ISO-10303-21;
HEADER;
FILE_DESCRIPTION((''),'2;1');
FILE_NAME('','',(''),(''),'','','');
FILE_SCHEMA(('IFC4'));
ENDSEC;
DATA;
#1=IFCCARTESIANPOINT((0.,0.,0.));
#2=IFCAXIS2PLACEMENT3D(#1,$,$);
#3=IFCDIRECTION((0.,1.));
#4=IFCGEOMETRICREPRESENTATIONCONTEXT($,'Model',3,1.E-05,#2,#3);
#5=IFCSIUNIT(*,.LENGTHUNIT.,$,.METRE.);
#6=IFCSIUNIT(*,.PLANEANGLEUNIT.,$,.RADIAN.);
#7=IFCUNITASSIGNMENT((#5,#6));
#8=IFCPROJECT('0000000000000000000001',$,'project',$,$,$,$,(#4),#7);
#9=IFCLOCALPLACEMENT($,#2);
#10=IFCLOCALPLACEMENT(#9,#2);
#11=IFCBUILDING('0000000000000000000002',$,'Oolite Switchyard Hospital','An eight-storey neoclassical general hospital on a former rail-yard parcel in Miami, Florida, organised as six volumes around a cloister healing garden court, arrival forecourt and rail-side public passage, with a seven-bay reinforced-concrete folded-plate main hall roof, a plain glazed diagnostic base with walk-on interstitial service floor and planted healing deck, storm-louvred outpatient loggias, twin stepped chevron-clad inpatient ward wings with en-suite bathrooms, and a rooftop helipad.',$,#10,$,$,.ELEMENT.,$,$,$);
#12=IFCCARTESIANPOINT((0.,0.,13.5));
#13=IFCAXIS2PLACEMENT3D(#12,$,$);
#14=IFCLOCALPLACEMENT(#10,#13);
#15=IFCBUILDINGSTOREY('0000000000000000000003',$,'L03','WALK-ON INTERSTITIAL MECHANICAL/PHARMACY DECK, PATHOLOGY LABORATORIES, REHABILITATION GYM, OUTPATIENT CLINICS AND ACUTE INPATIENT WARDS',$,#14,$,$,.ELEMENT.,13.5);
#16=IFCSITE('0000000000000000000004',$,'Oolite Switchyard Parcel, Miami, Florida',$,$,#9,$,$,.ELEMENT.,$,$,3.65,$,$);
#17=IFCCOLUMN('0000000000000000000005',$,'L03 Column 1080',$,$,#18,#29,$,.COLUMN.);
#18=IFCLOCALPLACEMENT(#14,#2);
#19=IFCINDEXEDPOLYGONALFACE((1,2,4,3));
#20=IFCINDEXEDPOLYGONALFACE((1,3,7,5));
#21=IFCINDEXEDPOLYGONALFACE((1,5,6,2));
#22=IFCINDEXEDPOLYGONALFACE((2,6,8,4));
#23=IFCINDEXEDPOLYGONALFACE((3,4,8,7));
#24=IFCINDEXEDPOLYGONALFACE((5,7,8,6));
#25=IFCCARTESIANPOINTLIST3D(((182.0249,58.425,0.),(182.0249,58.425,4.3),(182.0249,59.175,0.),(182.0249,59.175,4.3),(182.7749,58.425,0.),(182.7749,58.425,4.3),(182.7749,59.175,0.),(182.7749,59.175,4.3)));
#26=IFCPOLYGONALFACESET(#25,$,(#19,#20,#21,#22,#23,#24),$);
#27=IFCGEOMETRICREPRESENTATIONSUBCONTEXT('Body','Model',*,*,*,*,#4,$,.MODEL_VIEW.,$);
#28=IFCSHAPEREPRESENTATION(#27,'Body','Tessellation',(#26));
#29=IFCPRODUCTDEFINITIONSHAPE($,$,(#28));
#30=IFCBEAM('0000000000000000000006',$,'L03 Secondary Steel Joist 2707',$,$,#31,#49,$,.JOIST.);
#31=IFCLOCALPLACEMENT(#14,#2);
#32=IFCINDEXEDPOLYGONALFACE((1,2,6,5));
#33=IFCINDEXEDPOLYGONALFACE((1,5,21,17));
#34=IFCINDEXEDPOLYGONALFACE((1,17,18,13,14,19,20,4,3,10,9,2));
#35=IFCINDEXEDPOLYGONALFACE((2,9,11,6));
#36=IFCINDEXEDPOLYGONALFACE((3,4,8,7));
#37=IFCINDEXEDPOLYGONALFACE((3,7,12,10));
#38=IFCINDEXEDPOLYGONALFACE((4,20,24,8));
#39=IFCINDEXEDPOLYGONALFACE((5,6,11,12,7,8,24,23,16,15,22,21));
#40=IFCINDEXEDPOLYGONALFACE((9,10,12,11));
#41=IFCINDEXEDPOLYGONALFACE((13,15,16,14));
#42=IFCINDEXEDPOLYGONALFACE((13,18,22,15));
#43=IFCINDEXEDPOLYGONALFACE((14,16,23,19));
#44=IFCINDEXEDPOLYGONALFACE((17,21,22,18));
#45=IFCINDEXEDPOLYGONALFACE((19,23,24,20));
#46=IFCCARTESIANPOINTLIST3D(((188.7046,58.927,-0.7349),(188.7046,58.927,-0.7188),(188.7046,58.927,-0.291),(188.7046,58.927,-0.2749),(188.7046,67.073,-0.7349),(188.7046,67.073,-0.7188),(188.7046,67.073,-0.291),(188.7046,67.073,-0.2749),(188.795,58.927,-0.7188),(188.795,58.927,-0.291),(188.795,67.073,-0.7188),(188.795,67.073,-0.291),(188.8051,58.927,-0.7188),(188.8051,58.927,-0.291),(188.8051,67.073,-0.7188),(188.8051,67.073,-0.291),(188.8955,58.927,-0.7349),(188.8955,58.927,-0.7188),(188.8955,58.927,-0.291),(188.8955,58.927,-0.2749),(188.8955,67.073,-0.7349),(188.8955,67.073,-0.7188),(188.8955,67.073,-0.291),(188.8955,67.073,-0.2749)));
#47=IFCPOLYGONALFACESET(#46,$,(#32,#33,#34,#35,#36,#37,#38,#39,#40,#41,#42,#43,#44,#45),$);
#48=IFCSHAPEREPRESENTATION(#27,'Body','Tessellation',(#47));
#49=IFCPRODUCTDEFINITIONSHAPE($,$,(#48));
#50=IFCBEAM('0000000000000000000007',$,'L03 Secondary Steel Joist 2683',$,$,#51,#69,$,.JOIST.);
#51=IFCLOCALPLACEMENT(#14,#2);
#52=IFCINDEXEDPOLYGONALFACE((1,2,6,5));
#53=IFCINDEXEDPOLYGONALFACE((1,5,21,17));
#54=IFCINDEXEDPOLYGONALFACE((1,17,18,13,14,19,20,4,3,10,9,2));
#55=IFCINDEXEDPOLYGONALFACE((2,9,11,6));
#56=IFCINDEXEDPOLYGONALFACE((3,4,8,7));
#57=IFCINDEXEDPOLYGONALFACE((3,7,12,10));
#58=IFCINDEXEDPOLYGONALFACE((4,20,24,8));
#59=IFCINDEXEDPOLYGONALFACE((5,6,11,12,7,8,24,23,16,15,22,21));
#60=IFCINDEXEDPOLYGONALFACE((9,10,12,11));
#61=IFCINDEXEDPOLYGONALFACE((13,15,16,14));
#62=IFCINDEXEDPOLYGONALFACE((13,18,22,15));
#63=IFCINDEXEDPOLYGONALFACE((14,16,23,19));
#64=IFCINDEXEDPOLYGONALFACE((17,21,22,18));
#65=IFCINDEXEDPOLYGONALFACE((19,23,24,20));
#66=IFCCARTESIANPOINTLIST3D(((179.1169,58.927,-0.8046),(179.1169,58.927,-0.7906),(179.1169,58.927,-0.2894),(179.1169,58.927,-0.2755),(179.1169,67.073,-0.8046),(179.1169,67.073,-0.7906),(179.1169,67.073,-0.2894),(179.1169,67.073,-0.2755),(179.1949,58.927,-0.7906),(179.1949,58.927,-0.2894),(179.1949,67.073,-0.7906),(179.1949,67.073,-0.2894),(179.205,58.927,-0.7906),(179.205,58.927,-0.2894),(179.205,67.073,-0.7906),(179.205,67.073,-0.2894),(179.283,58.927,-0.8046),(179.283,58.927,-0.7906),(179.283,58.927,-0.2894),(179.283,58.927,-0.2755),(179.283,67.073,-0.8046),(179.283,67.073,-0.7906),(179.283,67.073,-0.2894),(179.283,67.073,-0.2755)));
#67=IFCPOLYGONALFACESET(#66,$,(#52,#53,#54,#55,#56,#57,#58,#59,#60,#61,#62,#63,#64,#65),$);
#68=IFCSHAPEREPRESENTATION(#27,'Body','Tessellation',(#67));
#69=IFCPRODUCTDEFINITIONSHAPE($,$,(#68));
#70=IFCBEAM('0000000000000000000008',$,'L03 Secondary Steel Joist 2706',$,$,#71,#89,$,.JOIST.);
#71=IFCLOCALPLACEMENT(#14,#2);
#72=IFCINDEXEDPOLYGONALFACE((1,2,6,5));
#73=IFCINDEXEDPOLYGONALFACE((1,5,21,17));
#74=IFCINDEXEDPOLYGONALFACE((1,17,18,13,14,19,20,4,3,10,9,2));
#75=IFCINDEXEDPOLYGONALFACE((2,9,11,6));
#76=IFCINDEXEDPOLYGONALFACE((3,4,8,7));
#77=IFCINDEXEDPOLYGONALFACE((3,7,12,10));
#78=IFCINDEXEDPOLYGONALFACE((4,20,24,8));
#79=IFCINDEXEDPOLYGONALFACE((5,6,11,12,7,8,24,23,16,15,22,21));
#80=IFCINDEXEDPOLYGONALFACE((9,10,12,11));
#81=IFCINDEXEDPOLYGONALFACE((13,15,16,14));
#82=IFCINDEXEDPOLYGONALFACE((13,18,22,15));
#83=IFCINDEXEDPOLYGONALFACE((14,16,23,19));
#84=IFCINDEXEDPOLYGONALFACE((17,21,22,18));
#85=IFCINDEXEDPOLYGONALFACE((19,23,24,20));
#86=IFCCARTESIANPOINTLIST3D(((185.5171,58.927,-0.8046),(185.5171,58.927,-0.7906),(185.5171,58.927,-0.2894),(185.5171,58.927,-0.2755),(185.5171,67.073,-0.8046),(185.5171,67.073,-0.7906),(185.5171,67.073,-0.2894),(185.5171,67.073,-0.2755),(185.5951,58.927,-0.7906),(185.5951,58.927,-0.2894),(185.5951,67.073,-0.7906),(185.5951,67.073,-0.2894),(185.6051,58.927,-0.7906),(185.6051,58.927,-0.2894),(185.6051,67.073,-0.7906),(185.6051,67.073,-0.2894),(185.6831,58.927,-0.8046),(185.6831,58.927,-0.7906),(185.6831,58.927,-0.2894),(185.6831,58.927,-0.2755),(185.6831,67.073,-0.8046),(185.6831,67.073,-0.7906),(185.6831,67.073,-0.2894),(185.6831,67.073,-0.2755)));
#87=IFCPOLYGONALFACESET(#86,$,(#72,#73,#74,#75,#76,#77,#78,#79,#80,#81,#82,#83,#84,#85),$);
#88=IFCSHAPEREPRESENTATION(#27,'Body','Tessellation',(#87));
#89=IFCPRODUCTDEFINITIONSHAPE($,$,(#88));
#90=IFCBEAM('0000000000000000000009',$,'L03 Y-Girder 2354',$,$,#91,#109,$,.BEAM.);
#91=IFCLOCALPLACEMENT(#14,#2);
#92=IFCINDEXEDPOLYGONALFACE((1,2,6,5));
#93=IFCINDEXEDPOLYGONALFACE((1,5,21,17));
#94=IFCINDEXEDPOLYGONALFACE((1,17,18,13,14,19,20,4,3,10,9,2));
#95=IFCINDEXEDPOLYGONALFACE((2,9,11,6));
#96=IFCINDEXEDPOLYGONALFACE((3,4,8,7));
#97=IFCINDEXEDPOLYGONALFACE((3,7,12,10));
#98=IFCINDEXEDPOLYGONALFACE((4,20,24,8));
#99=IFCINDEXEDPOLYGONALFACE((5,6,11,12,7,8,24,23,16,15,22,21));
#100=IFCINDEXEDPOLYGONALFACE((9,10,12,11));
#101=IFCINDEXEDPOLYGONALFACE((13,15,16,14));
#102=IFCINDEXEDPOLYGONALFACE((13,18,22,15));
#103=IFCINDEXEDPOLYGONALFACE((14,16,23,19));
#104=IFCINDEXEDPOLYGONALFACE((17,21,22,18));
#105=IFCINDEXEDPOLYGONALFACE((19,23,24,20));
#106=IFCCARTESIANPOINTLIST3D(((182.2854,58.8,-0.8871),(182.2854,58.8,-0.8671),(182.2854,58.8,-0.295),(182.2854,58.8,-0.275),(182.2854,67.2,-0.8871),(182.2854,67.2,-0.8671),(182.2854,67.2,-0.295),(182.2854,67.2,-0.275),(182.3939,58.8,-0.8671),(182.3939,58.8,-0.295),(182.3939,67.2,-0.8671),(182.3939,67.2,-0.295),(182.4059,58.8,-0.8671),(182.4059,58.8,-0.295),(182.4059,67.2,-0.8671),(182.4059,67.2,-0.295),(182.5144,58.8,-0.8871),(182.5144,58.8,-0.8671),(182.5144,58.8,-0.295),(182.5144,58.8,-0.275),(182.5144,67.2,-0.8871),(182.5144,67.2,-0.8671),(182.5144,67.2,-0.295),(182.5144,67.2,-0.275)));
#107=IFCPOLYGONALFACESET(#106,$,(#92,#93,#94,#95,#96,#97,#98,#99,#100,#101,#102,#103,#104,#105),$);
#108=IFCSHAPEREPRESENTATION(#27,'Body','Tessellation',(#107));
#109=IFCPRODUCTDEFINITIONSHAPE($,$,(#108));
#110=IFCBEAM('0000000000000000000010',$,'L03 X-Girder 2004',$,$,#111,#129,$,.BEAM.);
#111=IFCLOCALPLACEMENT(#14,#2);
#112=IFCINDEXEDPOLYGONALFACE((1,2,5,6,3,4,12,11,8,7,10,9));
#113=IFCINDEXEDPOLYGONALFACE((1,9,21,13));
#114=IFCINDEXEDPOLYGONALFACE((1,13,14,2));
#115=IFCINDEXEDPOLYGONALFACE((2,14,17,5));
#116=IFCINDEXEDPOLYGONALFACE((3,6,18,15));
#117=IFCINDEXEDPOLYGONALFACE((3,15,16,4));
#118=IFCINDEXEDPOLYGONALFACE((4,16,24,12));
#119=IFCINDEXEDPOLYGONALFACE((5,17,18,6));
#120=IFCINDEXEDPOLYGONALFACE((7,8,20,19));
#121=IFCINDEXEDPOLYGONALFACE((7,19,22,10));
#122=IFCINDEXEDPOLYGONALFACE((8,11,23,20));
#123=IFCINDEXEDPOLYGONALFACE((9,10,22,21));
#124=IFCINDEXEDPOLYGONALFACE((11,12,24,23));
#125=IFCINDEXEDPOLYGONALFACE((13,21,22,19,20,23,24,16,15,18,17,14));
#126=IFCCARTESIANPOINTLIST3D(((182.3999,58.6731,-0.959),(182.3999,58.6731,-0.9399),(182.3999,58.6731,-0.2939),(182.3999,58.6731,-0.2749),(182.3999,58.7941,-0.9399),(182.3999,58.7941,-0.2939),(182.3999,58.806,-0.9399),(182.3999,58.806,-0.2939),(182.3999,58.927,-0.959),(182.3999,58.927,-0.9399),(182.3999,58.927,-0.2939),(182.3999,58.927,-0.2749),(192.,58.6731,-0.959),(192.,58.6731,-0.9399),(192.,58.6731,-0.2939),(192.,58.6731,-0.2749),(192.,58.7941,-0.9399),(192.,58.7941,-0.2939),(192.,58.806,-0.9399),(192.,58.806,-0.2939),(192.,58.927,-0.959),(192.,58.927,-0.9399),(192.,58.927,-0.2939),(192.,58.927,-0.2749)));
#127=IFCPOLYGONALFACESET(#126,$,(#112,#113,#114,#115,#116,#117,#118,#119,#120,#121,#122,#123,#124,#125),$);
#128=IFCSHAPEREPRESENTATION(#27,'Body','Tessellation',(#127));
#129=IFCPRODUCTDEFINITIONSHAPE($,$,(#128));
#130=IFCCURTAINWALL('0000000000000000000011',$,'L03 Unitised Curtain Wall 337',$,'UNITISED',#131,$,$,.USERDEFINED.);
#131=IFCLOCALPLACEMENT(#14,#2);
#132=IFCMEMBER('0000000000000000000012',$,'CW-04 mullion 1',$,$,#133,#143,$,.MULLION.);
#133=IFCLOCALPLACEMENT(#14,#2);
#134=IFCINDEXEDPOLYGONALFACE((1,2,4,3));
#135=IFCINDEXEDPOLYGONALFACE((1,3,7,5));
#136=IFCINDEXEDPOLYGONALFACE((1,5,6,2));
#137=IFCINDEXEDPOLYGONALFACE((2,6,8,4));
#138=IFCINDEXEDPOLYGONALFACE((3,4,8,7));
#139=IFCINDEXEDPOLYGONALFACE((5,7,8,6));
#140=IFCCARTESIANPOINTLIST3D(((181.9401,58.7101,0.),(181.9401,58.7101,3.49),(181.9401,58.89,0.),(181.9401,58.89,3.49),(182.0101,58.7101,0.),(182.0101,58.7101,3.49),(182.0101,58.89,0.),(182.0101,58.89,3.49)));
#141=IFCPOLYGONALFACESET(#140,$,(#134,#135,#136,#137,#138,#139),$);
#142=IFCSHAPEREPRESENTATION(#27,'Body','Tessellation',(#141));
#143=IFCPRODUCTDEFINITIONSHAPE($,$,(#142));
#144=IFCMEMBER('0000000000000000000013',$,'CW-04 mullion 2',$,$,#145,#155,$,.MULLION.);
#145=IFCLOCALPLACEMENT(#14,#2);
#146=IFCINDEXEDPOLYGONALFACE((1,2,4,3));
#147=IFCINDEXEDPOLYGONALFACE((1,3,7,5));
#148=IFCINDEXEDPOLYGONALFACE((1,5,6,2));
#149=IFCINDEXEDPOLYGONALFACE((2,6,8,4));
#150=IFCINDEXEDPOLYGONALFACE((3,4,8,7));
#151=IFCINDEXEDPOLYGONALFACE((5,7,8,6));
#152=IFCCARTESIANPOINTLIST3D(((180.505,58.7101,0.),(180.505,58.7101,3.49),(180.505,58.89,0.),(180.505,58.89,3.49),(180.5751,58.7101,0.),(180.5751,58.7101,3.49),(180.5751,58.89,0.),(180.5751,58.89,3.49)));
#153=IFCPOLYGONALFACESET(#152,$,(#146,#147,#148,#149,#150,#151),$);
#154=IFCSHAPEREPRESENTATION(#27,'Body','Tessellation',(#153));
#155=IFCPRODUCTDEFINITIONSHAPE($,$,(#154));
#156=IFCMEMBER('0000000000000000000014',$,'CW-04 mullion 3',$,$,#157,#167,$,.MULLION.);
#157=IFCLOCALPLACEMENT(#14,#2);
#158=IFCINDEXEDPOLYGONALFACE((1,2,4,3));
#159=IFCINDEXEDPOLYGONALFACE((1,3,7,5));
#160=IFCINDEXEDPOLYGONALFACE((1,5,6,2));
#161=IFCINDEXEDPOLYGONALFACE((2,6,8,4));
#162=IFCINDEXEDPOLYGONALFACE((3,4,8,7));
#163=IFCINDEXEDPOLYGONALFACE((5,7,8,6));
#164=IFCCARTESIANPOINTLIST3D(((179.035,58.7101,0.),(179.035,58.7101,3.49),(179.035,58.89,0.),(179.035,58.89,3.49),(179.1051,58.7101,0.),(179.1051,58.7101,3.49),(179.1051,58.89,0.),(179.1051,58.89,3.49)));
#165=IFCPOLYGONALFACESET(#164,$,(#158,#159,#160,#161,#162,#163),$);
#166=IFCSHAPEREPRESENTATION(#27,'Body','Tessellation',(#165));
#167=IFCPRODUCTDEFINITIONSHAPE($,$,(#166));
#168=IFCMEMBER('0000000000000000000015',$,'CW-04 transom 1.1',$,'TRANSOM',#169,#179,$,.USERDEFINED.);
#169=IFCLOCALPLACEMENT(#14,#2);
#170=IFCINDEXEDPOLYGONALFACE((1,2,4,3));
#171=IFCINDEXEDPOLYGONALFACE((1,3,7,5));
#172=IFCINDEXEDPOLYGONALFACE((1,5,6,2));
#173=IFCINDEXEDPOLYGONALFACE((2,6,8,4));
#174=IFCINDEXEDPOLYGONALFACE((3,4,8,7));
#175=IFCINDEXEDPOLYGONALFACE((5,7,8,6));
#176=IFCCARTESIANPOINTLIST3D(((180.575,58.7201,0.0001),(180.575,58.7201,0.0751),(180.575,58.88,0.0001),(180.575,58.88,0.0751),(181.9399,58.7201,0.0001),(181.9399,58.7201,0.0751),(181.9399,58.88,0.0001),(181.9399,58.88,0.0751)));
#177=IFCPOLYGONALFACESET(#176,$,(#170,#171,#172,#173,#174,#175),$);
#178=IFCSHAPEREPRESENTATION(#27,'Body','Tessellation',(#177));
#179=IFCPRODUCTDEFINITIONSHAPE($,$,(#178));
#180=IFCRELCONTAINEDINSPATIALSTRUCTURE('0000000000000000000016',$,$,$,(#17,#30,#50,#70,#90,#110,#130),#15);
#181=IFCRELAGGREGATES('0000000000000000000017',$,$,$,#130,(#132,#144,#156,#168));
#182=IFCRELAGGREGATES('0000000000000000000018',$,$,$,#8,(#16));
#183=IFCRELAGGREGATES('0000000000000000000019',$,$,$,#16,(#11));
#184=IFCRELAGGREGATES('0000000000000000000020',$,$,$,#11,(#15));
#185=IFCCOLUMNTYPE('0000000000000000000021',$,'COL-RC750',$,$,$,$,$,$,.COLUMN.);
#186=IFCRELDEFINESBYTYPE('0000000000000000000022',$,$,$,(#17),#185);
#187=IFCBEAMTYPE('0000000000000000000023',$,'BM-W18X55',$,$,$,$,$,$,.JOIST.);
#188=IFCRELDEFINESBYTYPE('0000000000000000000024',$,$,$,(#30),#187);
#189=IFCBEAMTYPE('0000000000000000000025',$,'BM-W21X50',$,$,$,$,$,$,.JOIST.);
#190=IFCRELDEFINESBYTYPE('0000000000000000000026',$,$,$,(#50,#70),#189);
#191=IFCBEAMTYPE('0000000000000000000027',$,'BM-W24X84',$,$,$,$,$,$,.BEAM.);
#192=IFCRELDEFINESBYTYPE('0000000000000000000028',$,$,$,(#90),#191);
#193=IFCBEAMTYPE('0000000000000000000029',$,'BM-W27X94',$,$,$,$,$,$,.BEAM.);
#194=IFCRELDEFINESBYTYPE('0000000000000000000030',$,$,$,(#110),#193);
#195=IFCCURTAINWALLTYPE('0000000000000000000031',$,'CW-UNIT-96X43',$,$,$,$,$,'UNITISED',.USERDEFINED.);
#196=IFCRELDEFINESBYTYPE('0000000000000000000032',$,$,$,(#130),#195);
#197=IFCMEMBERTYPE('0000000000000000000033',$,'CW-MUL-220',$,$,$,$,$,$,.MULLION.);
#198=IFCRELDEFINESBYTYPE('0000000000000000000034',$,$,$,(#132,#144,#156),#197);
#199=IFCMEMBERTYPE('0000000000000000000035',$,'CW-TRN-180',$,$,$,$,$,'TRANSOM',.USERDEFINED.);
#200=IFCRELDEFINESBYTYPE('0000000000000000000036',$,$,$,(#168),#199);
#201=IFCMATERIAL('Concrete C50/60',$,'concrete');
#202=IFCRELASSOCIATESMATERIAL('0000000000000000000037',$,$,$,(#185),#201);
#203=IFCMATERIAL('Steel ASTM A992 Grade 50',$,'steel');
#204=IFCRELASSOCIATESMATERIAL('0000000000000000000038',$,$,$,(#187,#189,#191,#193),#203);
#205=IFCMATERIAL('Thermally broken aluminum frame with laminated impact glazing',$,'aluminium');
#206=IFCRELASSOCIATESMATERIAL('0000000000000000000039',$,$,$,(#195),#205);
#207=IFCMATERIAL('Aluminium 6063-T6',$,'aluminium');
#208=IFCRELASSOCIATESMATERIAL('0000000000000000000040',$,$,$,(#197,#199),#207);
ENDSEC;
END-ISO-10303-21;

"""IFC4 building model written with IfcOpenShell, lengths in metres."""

from ifc_helpers import new_model, si_unit, direction, frame, origin, origin_2d, place, context, subcontext, project, spatial, rectangle, i_section, extrude, material, material_profile, profile_set, type_object, element, aggregate, save


model = new_model("IFC4")

# Units and contexts
model_context = context("Model", 3, precision=1e-05, world=origin(), true_north=direction((0.0, 1.0)))
body_context = subcontext(model_context, "Body", "Model", "MODEL_VIEW")
ifc_project = project(units=[si_unit("LENGTHUNIT", "METRE"), si_unit("PLANEANGLEUNIT", "RADIAN")], contexts=[model_context])

# Site, building, storey
site_placement = place(None, origin())
site = spatial("IfcSite", under=ifc_project, at=site_placement, Name="Oolite Switchyard Parcel, Miami, Florida", CompositionType="ELEMENT", RefElevation=3.65)
building_placement = place(site_placement, origin())
building = spatial("IfcBuilding", under=site, at=building_placement, Name="Oolite Switchyard Hospital", Description="An eight-storey neoclassical general hospital on a former rail-yard parcel in Miami, Florida, organised as six volumes around a cloister healing garden court, arrival forecourt and rail-side public passage, with a seven-bay reinforced-concrete folded-plate main hall roof, a plain glazed diagnostic base with walk-on interstitial service floor and planted healing deck, storm-louvred outpatient loggias, twin stepped chevron-clad inpatient ward wings with en-suite bathrooms, and a rooftop helipad.", CompositionType="ELEMENT")
storey_placement = place(building_placement, frame((0.0, 0.0, 13.5)))
storey = spatial("IfcBuildingStorey", under=building, at=storey_placement, Name="L03", Description="WALK-ON INTERSTITIAL MECHANICAL/PHARMACY DECK, PATHOLOGY LABORATORIES, REHABILITATION GYM, OUTPATIENT CLINICS AND ACUTE INPATIENT WARDS", CompositionType="ELEMENT", Elevation=13.5)

# Column
ifc_material_1 = material(Name="Concrete C50/60", Category="concrete")
ifc_material_profile_1 = material_profile(ifc_material_1, rectangle(XDim=0.75, YDim=0.75, at=origin_2d()), Name="RC750X750")
ifc_profile_set_1 = profile_set([ifc_material_profile_1], Name="Concrete C50/60")
column_type = type_object("IfcColumnType", Name="COL-RC750", PredefinedType="COLUMN", material=ifc_profile_set_1)
column_placement = place(storey_placement, frame((182.3999, 58.8, 0.0), z_axis=(0.0, 0.0, 1.0), x_axis=(1.0, 0.0, 0.0)))
element("IfcColumn", 1, at=column_placement, inside=storey, type_object=column_type, Name="L03 Column 1080", PredefinedType="COLUMN", context=body_context, shape_type="SweptSolid", body=[
    extrude(rectangle(XDim=0.75, YDim=0.75, at=origin_2d()), origin(), (0.0, 0.0, 1.0), 4.3),
])

# Beams
ifc_material_2 = material(Name="Steel ASTM A992 Grade 50", Category="steel")
ifc_material_profile_2 = material_profile(ifc_material_2, i_section(OverallWidth=0.1909, OverallDepth=0.46, WebThickness=0.01, FlangeThickness=0.0161, at=origin_2d()), Name="W18X55")
ifc_profile_set_2 = profile_set([ifc_material_profile_2], Name="Steel ASTM A992 Grade 50")
beam_type_1 = type_object("IfcBeamType", Name="BM-W18X55", PredefinedType="JOIST", material=ifc_profile_set_2)
beam_1_placement = place(storey_placement, frame((188.8, 58.927, -0.5049), z_axis=(0.0, 1.0, 0.0), x_axis=(-1.0, 0.0, 0.0)))
element("IfcBeam", 2, at=beam_1_placement, inside=storey, type_object=beam_type_1, Name="L03 Secondary Steel Joist 2707", PredefinedType="JOIST", context=body_context, shape_type="SweptSolid", body=[
    extrude(i_section(OverallWidth=0.1909, OverallDepth=0.46, WebThickness=0.01, FlangeThickness=0.0161, at=origin_2d()), origin(), (0.0, 0.0, 1.0), 8.146),
])
ifc_material_profile_3 = material_profile(ifc_material_2, i_section(OverallWidth=0.166, OverallDepth=0.5291, WebThickness=0.01, FlangeThickness=0.0139, at=origin_2d()), Name="W21X50")
ifc_profile_set_3 = profile_set([ifc_material_profile_3], Name="Steel ASTM A992 Grade 50")
beam_type_2 = type_object("IfcBeamType", Name="BM-W21X50", PredefinedType="JOIST", material=ifc_profile_set_3)
for number, where, z_axis, x_axis, name in (
    (3, (179.2, 58.927, -0.54), (0.0, 1.0, 0.0), (-1.0, 0.0, 0.0), "L03 Secondary Steel Joist 2683"),
    (4, (185.6001, 58.927, -0.54), (0.0, 1.0, 0.0), (-1.0, 0.0, 0.0), "L03 Secondary Steel Joist 2706"),
):
    element("IfcBeam", number, at=place(storey_placement, frame(where, z_axis=z_axis, x_axis=x_axis)), inside=storey, type_object=beam_type_2, Name=name, PredefinedType="JOIST", context=body_context, shape_type="SweptSolid", body=[
        extrude(i_section(OverallWidth=0.166, OverallDepth=0.5291, WebThickness=0.01, FlangeThickness=0.0139, at=origin_2d()), origin(), (0.0, 0.0, 1.0), 8.146),
    ])
ifc_material_profile_4 = material_profile(ifc_material_2, i_section(OverallWidth=0.229, OverallDepth=0.6121, WebThickness=0.012, FlangeThickness=0.02, at=origin_2d()), Name="W24X84")
ifc_profile_set_4 = profile_set([ifc_material_profile_4], Name="Steel ASTM A992 Grade 50")
beam_type_3 = type_object("IfcBeamType", Name="BM-W24X84", PredefinedType="BEAM", material=ifc_profile_set_4)
beam_2_placement = place(storey_placement, frame((182.3999, 58.8, -0.5811), z_axis=(0.0, 1.0, 0.0), x_axis=(-1.0, 0.0, 0.0)))
element("IfcBeam", 5, at=beam_2_placement, inside=storey, type_object=beam_type_3, Name="L03 Y-Girder 2354", PredefinedType="BEAM", context=body_context, shape_type="SweptSolid", body=[
    extrude(i_section(OverallWidth=0.229, OverallDepth=0.6121, WebThickness=0.012, FlangeThickness=0.02, at=origin_2d()), origin(), (0.0, 0.0, 1.0), 8.3999),
])
ifc_material_profile_5 = material_profile(ifc_material_2, i_section(OverallWidth=0.2539, OverallDepth=0.6841, WebThickness=0.012, FlangeThickness=0.019, at=origin_2d()), Name="W27X94")
ifc_profile_set_5 = profile_set([ifc_material_profile_5], Name="Steel ASTM A992 Grade 50")
beam_type_4 = type_object("IfcBeamType", Name="BM-W27X94", PredefinedType="BEAM", material=ifc_profile_set_5)
beam_3_placement = place(storey_placement, frame((182.3999, 58.8, -0.6169), z_axis=(1.0, 0.0, 0.0), x_axis=(0.0, 1.0, 0.0)))
element("IfcBeam", 6, at=beam_3_placement, inside=storey, type_object=beam_type_4, Name="L03 X-Girder 2004", PredefinedType="BEAM", context=body_context, shape_type="SweptSolid", body=[
    extrude(i_section(OverallWidth=0.2539, OverallDepth=0.6841, WebThickness=0.012, FlangeThickness=0.019, at=origin_2d()), origin(), (0.0, 0.0, 1.0), 9.6001),
])

# Curtain wall, members
ifc_material_3 = material(Name="Thermally broken aluminum frame with laminated impact glazing", Category="aluminium")
curtain_wall_type = type_object("IfcCurtainWallType", Name="CW-UNIT-96X43", ElementType="UNITISED", PredefinedType="USERDEFINED", material=ifc_material_3)
curtain_wall_placement = place(storey_placement, origin())
curtain_wall = element("IfcCurtainWall", 7, at=curtain_wall_placement, inside=storey, type_object=curtain_wall_type, Name="L03 Unitised Curtain Wall 337", ObjectType="UNITISED", PredefinedType="USERDEFINED")
ifc_material_4 = material(Name="Aluminium 6063-T6", Category="aluminium")
ifc_material_profile_6 = material_profile(ifc_material_4, rectangle(XDim=0.1799, YDim=0.0701, at=origin_2d()), Name="CWM70X180")
ifc_profile_set_6 = profile_set([ifc_material_profile_6], Name="Aluminium 6063-T6")
member_type_1 = type_object("IfcMemberType", Name="CW-MUL-220", PredefinedType="MULLION", material=ifc_profile_set_6)
member_1_placement = place(storey_placement, frame((181.9751, 58.8, 0.0), z_axis=(0.0, 0.0, 1.0), x_axis=(0.0, -1.0, 0.0)))
member_1 = element("IfcMember", 8, at=member_1_placement, type_object=member_type_1, Name="CW-04 mullion 1", PredefinedType="MULLION", context=body_context, shape_type="SweptSolid", body=[
    extrude(rectangle(XDim=0.1799, YDim=0.0701, at=origin_2d()), origin(), (0.0, 0.0, 1.0), 3.49),
])
member_2_placement = place(storey_placement, frame((180.54, 58.8, 0.0), z_axis=(0.0, 0.0, 1.0), x_axis=(0.0, -1.0, 0.0)))
member_2 = element("IfcMember", 9, at=member_2_placement, type_object=member_type_1, Name="CW-04 mullion 2", PredefinedType="MULLION", context=body_context, shape_type="SweptSolid", body=[
    extrude(rectangle(XDim=0.1799, YDim=0.0701, at=origin_2d()), origin(), (0.0, 0.0, 1.0), 3.49),
])
member_3_placement = place(storey_placement, frame((179.0701, 58.8, 0.0), z_axis=(0.0, 0.0, 1.0), x_axis=(0.0, -1.0, 0.0)))
member_3 = element("IfcMember", 10, at=member_3_placement, type_object=member_type_1, Name="CW-04 mullion 3", PredefinedType="MULLION", context=body_context, shape_type="SweptSolid", body=[
    extrude(rectangle(XDim=0.1799, YDim=0.0701, at=origin_2d()), origin(), (0.0, 0.0, 1.0), 3.49),
])
ifc_material_profile_7 = material_profile(ifc_material_4, rectangle(XDim=0.1599, YDim=0.075, at=origin_2d()), Name="CWT75X160")
ifc_profile_set_7 = profile_set([ifc_material_profile_7], Name="Aluminium 6063-T6")
member_type_2 = type_object("IfcMemberType", Name="CW-TRN-180", ElementType="TRANSOM", PredefinedType="USERDEFINED", material=ifc_profile_set_7)
member_4_placement = place(storey_placement, frame((181.9399, 58.8, 0.0376), z_axis=(-1.0, 0.0, 0.0), x_axis=(0.0, -1.0, 0.0)))
member_4 = element("IfcMember", 11, at=member_4_placement, type_object=member_type_2, Name="CW-04 transom 1.1", ObjectType="TRANSOM", PredefinedType="USERDEFINED", context=body_context, shape_type="SweptSolid", body=[
    extrude(rectangle(XDim=0.1599, YDim=0.075, at=origin_2d()), origin(), (0.0, 0.0, 1.0), 1.365),
])
aggregate(curtain_wall, [member_1, member_2, member_3, member_4])

save(model, "model.ifc")
